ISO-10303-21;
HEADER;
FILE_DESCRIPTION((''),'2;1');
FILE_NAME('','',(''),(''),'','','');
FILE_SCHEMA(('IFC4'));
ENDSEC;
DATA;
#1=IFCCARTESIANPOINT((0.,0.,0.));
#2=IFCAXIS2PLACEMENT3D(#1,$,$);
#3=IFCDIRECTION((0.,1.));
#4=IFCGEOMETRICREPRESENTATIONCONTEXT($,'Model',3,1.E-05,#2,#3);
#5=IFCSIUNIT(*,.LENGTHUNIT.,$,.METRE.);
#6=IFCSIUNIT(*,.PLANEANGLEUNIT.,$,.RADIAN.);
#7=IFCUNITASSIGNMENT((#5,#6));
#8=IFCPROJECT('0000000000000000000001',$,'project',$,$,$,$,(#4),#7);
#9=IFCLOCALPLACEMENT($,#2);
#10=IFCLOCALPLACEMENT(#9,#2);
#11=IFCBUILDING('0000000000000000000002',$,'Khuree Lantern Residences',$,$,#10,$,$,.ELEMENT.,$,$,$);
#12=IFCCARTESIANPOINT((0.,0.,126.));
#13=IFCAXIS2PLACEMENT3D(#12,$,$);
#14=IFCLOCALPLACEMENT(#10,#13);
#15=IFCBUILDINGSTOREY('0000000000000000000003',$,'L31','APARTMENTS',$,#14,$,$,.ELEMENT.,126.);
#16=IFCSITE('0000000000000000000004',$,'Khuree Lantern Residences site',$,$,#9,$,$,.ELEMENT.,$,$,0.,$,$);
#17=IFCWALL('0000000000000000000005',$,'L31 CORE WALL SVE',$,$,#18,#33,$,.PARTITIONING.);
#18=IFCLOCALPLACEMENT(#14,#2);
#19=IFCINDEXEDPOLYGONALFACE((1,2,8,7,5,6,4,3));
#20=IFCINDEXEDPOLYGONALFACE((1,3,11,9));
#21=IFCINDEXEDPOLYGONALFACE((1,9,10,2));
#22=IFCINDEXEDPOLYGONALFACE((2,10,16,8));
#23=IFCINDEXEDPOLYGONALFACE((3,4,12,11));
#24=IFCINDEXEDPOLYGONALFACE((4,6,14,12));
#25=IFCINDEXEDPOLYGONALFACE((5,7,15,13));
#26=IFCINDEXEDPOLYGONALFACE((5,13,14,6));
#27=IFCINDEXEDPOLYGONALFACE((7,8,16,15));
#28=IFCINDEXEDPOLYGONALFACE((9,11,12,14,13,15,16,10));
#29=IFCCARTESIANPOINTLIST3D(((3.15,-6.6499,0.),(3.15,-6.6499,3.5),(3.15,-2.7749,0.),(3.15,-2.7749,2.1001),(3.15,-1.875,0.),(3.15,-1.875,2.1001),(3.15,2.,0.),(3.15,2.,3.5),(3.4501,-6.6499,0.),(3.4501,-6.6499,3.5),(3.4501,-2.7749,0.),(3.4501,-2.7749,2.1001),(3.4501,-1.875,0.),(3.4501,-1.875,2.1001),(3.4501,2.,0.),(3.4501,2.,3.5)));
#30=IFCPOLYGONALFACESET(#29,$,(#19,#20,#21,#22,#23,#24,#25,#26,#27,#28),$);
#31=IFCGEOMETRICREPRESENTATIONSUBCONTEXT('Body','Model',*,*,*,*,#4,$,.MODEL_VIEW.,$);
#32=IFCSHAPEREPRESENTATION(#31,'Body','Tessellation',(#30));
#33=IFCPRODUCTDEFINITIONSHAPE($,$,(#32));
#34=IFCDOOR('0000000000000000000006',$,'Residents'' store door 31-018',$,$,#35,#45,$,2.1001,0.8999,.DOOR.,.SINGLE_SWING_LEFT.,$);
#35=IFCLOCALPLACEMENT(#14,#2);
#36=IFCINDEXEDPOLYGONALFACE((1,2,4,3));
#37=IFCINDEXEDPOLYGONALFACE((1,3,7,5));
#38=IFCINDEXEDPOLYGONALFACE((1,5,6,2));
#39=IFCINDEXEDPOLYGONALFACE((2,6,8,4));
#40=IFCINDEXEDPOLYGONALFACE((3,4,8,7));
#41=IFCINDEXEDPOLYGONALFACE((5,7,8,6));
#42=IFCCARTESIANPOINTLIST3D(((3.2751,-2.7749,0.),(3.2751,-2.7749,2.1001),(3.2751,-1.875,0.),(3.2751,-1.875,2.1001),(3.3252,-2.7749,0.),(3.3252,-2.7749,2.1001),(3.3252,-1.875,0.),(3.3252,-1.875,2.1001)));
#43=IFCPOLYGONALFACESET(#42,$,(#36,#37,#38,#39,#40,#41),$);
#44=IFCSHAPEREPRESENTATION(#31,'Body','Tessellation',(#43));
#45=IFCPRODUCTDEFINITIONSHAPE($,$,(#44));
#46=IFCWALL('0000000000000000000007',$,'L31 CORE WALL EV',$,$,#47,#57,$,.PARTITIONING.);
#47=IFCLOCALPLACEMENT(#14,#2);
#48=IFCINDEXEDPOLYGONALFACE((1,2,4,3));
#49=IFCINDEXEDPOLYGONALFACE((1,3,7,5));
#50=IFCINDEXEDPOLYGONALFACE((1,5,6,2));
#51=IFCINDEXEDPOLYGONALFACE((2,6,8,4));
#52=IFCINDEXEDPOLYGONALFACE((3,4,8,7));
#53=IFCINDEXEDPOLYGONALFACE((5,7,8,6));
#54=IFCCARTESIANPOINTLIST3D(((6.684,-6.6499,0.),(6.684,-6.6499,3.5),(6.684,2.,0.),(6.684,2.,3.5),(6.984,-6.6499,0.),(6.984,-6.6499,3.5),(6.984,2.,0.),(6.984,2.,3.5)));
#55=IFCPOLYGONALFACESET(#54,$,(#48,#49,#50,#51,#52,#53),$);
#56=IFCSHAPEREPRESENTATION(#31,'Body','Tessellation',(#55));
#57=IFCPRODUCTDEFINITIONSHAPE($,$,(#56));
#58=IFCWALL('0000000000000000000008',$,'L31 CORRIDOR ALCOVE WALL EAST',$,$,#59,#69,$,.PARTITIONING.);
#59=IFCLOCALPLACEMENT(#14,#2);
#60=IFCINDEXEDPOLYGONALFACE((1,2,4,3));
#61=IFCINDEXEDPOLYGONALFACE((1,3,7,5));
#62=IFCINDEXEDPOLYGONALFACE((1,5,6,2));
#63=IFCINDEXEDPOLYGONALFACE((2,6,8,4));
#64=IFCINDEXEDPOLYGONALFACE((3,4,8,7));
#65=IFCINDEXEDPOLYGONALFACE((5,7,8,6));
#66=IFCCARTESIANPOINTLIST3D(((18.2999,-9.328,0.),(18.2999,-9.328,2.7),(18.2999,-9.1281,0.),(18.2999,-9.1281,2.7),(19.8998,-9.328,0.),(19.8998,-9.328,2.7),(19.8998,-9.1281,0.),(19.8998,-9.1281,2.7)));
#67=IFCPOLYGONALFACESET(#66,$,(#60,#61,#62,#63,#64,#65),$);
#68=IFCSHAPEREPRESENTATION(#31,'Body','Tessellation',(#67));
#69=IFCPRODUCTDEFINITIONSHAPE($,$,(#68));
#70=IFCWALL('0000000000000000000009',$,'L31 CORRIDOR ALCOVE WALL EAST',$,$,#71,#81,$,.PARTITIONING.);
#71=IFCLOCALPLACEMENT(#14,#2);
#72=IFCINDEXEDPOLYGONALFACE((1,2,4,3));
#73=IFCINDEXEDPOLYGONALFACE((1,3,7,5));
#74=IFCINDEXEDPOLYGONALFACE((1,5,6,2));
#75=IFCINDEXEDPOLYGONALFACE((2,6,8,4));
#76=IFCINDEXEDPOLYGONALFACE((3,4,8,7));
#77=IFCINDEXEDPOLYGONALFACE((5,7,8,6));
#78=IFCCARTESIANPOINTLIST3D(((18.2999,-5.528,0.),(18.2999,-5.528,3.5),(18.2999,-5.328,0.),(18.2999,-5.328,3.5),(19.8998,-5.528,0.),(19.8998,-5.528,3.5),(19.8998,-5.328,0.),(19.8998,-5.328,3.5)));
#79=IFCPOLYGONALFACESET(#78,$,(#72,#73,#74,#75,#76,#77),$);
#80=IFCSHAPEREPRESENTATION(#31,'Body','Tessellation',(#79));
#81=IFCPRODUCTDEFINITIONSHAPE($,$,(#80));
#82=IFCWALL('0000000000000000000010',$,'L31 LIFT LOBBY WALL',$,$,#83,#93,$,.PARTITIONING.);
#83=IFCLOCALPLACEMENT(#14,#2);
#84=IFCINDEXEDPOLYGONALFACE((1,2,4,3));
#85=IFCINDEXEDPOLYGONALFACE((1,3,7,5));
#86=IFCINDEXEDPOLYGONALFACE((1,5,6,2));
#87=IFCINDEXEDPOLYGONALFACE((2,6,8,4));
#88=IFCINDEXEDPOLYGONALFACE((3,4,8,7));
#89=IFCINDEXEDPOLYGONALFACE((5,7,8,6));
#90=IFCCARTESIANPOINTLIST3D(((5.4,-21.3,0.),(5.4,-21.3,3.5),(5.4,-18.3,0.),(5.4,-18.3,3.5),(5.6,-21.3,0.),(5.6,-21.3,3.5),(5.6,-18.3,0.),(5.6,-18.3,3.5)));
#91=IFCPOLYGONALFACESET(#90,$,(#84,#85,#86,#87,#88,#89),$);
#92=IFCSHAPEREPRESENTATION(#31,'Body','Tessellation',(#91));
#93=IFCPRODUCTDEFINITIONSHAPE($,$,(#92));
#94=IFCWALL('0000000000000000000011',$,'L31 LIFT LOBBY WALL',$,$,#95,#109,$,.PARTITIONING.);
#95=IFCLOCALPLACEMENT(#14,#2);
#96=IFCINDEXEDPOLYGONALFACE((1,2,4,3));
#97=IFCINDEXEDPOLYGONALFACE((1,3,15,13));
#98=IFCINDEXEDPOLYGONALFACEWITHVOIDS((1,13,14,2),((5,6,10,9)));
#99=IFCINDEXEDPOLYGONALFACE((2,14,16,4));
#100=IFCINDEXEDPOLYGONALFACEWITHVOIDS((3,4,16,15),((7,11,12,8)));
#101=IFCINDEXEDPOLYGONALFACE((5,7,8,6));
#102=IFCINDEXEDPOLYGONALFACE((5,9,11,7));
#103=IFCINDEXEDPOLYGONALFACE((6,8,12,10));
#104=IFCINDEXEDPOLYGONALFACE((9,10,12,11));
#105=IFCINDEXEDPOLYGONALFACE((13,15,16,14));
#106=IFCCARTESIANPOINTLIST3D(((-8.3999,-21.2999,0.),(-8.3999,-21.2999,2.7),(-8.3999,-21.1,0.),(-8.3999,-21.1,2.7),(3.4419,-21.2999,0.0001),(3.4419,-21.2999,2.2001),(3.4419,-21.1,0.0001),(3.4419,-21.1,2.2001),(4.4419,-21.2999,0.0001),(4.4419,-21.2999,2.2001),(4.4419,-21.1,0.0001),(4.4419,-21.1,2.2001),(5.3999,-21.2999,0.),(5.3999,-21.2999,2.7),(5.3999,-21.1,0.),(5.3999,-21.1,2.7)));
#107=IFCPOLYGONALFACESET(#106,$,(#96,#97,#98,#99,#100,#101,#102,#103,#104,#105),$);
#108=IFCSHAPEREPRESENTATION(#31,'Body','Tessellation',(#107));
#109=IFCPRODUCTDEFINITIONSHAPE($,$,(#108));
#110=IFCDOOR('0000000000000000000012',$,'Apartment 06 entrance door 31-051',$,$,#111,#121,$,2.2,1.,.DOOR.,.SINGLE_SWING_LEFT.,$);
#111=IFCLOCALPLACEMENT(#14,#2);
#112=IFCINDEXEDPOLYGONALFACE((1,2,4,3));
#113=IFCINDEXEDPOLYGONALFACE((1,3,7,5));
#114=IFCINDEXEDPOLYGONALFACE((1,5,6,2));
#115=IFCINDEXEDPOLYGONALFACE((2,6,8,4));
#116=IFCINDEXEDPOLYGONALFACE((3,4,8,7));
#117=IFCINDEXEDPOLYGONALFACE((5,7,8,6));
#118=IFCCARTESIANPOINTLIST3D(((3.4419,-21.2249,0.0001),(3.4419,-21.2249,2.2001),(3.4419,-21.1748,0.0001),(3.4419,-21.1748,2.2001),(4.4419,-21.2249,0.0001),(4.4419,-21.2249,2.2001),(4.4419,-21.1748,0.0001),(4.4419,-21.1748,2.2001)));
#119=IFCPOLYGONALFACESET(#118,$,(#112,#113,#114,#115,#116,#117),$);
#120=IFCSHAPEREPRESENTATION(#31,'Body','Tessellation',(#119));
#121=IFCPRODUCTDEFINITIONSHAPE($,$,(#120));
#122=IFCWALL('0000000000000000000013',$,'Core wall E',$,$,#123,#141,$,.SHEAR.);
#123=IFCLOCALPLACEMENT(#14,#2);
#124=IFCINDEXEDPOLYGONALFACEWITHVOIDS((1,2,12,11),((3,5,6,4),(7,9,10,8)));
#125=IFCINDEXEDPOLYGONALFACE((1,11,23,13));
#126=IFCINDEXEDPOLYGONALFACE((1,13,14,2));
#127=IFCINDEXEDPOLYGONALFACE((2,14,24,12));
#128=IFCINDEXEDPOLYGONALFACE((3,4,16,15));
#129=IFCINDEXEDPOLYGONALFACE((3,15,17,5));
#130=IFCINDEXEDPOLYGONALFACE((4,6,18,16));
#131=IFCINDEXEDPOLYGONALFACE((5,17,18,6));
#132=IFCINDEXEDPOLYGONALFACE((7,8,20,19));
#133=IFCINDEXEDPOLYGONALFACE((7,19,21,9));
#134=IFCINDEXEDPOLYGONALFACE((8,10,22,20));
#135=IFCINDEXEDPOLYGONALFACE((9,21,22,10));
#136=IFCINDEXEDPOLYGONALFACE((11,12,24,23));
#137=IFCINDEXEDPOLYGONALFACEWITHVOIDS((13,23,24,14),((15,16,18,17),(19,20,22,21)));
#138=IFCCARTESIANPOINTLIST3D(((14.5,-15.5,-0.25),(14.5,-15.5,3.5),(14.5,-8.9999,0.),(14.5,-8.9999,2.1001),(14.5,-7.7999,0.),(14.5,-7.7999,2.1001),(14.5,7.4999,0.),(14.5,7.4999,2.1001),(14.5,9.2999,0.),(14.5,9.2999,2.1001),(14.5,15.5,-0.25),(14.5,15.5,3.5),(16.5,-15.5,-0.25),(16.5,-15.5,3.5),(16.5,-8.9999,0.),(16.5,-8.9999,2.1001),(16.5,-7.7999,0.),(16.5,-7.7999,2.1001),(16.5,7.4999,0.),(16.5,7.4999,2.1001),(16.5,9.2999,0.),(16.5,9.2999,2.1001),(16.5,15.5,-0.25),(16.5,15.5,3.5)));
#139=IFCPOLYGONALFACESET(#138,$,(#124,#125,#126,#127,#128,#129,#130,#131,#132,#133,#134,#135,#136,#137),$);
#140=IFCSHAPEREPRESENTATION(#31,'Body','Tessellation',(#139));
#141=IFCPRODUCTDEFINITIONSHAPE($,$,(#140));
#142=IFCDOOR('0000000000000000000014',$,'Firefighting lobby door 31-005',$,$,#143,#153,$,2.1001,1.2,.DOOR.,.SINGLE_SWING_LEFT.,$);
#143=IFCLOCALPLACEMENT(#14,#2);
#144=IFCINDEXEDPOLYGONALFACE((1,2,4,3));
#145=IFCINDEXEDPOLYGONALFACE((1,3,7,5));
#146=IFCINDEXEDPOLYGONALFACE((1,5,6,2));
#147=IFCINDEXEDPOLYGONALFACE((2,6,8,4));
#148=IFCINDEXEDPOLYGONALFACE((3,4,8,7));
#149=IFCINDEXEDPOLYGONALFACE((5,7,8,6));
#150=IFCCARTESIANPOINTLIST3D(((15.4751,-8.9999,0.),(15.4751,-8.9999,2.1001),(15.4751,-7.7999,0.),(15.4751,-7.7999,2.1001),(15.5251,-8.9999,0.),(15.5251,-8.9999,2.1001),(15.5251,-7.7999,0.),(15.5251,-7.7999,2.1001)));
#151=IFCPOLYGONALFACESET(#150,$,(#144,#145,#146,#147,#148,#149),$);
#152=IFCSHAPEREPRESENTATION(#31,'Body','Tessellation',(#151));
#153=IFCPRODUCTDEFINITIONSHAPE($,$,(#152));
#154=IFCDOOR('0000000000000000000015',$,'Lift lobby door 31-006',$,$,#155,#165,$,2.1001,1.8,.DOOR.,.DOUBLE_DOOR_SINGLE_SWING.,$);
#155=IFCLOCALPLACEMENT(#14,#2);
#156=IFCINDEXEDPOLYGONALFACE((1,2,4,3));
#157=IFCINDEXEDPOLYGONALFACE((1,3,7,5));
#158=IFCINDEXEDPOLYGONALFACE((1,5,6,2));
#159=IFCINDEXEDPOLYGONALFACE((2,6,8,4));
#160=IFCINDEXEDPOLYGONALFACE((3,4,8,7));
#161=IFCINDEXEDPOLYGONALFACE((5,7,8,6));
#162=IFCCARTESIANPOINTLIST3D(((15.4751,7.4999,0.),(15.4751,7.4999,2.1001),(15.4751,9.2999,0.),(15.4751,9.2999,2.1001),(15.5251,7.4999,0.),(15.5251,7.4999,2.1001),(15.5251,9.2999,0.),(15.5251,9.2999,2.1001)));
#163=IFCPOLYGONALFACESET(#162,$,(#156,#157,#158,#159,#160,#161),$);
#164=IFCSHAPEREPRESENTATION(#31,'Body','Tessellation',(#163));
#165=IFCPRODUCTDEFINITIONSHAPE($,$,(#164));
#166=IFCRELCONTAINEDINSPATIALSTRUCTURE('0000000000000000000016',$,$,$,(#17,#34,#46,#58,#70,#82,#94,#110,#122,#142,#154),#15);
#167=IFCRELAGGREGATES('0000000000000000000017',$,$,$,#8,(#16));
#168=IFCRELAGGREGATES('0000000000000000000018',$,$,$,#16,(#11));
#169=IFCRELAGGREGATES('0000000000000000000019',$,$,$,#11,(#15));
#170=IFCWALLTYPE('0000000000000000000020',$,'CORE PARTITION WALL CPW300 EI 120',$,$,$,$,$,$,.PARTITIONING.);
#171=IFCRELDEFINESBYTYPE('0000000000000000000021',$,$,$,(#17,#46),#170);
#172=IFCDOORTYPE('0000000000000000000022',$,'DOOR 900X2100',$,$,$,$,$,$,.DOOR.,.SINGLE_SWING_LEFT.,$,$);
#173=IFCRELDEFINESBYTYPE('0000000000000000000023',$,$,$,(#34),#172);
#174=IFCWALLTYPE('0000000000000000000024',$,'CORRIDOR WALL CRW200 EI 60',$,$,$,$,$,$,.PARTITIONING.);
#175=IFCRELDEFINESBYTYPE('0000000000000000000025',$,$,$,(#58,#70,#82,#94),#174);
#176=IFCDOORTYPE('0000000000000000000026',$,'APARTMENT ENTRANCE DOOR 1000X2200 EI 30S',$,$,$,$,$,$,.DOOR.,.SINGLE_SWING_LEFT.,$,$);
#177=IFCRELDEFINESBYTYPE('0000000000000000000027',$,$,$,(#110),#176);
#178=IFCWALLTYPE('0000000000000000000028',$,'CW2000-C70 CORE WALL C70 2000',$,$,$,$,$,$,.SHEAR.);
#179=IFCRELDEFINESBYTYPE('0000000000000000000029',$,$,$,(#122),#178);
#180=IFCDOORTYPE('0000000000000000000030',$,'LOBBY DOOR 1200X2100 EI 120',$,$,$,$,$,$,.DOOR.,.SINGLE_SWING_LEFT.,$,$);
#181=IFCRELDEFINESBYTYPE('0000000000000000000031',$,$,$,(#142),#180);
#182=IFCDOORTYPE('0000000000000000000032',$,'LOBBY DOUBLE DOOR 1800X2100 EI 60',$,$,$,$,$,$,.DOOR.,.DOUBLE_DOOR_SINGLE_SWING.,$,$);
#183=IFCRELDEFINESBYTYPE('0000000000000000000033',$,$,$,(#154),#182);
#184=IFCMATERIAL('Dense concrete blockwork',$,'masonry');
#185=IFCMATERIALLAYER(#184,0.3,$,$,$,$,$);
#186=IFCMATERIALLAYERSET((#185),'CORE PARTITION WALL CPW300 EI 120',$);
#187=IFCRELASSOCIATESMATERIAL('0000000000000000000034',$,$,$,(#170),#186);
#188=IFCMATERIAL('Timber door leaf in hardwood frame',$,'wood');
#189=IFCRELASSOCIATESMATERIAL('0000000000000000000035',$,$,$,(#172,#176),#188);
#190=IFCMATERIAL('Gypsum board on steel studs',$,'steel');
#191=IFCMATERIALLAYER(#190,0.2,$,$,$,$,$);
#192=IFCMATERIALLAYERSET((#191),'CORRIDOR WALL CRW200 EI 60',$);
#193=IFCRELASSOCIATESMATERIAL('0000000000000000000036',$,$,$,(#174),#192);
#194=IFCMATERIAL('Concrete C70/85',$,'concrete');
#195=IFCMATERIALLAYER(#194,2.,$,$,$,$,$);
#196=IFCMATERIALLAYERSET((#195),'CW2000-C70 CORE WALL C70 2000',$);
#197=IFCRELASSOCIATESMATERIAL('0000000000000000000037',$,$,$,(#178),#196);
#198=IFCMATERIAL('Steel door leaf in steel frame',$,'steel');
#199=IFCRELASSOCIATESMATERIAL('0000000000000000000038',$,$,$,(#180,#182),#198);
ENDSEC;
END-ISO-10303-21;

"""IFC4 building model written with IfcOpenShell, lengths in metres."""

from ifc_helpers import new_model, si_unit, direction, frame, frame_2d, origin, place, context, subcontext, project, spatial, rectangle, extrude, material, layer, layer_set, type_object, element, fill, save


model = new_model("IFC4")

# Units and contexts
model_context = context("Model", 3, precision=1e-05, world=origin(), true_north=direction((0.0, 1.0)))
body_context = subcontext(model_context, "Body", "Model", "MODEL_VIEW")
ifc_project = project(units=[si_unit("LENGTHUNIT", "METRE"), si_unit("PLANEANGLEUNIT", "RADIAN")], contexts=[model_context])

# Site, building, storey
site_placement = place(None, origin())
site = spatial("IfcSite", under=ifc_project, at=site_placement, Name="Khuree Lantern Residences site", CompositionType="ELEMENT", RefElevation=0.0)
building_placement = place(site_placement, origin())
building = spatial("IfcBuilding", under=site, at=building_placement, Name="Khuree Lantern Residences", CompositionType="ELEMENT")
storey_placement = place(building_placement, frame((0.0, 0.0, 126.0)))
storey = spatial("IfcBuildingStorey", under=building, at=storey_placement, Name="L31", Description="APARTMENTS", CompositionType="ELEMENT", Elevation=126.0)

# Shared definitions
ifc_material_1 = material(Name="Concrete C70/85", Category="concrete")

# Shared definitions
ifc_material_2 = material(Name="Timber door leaf in hardwood frame", Category="wood")

# Shared definitions
ifc_material_3 = material(Name="Dense concrete blockwork", Category="masonry")
ifc_layer_1 = layer(ifc_material_3, 0.3)
ifc_layer_set_1 = layer_set([ifc_layer_1], Name="CORE PARTITION WALL CPW300 EI 120")
wall_type_1 = type_object("IfcWallType", Name="CORE PARTITION WALL CPW300 EI 120", PredefinedType="PARTITIONING", material=ifc_layer_set_1)

# Wall, opening, door
wall_1_placement = place(storey_placement, frame((3.3, -6.6499, 0.0), z_axis=(0.0, 0.0, 1.0), x_axis=(0.0, 1.0, 0.0)))
wall_1 = element("IfcWall", 1, at=wall_1_placement, inside=storey, type_object=wall_type_1, Name="L31 CORE WALL SVE", PredefinedType="PARTITIONING", context=body_context, shape_type="SweptSolid", body=[
    extrude(rectangle(XDim=8.6499, YDim=0.3, at=frame_2d((4.325, 0.0))), origin(), (0.0, 0.0, 1.0), 3.5),
])
opening_1_placement = place(wall_1_placement, frame((3.875, 0.0, 0.0)))
opening_1 = element("IfcOpeningElement", 2, at=opening_1_placement, cuts=wall_1, PredefinedType="OPENING", context=body_context, shape_type="SweptSolid", body=[
    extrude(rectangle(XDim=0.8999, YDim=2.1001, at=frame_2d((0.45, 1.05))), frame((0.0, 0.1602, 0.0), z_axis=(0.0, -1.0, 0.0), x_axis=(1.0, 0.0, 0.0)), (0.0, 0.0, 1.0), 0.3201),
])
door_type_1 = type_object("IfcDoorType", Name="DOOR 900X2100", OperationType="SINGLE_SWING_LEFT", PredefinedType="DOOR", material=ifc_material_2)
door_1_placement = place(opening_1_placement, origin())
door_1 = element("IfcDoor", 3, at=door_1_placement, inside=storey, type_object=door_type_1, Name="Residents' store door 31-018", OperationType="SINGLE_SWING_LEFT", OverallHeight=2.1001, OverallWidth=0.8999, PredefinedType="DOOR", context=body_context, shape_type="SweptSolid", body=[
    extrude(rectangle(XDim=0.8999, YDim=2.1001, at=frame_2d((0.45, 1.05))), frame((0.0, 0.0249, 0.0), z_axis=(0.0, -1.0, 0.0), x_axis=(1.0, 0.0, 0.0)), (0.0, 0.0, 1.0), 0.05),
])
fill(opening_1, door_1)

# Walls
wall_2_placement = place(storey_placement, frame((6.834, -6.6499, 0.0), z_axis=(0.0, 0.0, 1.0), x_axis=(0.0, 1.0, 0.0)))
element("IfcWall", 4, at=wall_2_placement, inside=storey, type_object=wall_type_1, Name="L31 CORE WALL EV", PredefinedType="PARTITIONING", context=body_context, shape_type="SweptSolid", body=[
    extrude(rectangle(XDim=8.6499, YDim=0.3, at=frame_2d((4.325, 0.0))), origin(), (0.0, 0.0, 1.0), 3.5),
])
ifc_material_4 = material(Name="Gypsum board on steel studs", Category="steel")
ifc_layer_2 = layer(ifc_material_4, 0.2)
ifc_layer_set_2 = layer_set([ifc_layer_2], Name="CORRIDOR WALL CRW200 EI 60")
wall_type_2 = type_object("IfcWallType", Name="CORRIDOR WALL CRW200 EI 60", PredefinedType="PARTITIONING", material=ifc_layer_set_2)
wall_3_placement = place(storey_placement, frame((18.3, -9.228, 0.0), z_axis=(0.0, 0.0, 1.0), x_axis=(1.0, 0.0, 0.0)))
element("IfcWall", 5, at=wall_3_placement, inside=storey, type_object=wall_type_2, Name="L31 CORRIDOR ALCOVE WALL EAST", PredefinedType="PARTITIONING", context=body_context, shape_type="SweptSolid", body=[
    extrude(rectangle(XDim=1.5999, YDim=0.2, at=frame_2d((0.7998, 0.0))), origin(), (0.0, 0.0, 1.0), 2.7),
])
wall_4_placement = place(storey_placement, frame((18.3, -5.428, 0.0), z_axis=(0.0, 0.0, 1.0), x_axis=(1.0, 0.0, 0.0)))
element("IfcWall", 6, at=wall_4_placement, inside=storey, type_object=wall_type_2, Name="L31 CORRIDOR ALCOVE WALL EAST", PredefinedType="PARTITIONING", context=body_context, shape_type="SweptSolid", body=[
    extrude(rectangle(XDim=1.5999, YDim=0.2, at=frame_2d((0.7998, 0.0))), origin(), (0.0, 0.0, 1.0), 3.5),
])
wall_5_placement = place(storey_placement, frame((5.5, -18.3, 0.0), z_axis=(0.0, 0.0, 1.0), x_axis=(0.0, -1.0, 0.0)))
element("IfcWall", 7, at=wall_5_placement, inside=storey, type_object=wall_type_2, Name="L31 LIFT LOBBY WALL", PredefinedType="PARTITIONING", context=body_context, shape_type="SweptSolid", body=[
    extrude(rectangle(XDim=3.0, YDim=0.2, at=frame_2d((1.5, 0.0))), origin(), (0.0, 0.0, 1.0), 3.5),
])

# Wall, opening, door
wall_6_placement = place(storey_placement, frame((5.3999, -21.2, 0.0), z_axis=(0.0, 0.0, 1.0), x_axis=(-1.0, 0.0, 0.0)))
wall_6 = element("IfcWall", 8, at=wall_6_placement, inside=storey, type_object=wall_type_2, Name="L31 LIFT LOBBY WALL", PredefinedType="PARTITIONING", context=body_context, shape_type="SweptSolid", body=[
    extrude(rectangle(XDim=13.7998, YDim=0.2, at=frame_2d((6.8999, 0.0))), origin(), (0.0, 0.0, 1.0), 2.7),
])
opening_2_placement = place(wall_6_placement, frame((0.958, 0.0, 0.0)))
opening_2 = element("IfcOpeningElement", 9, at=opening_2_placement, cuts=wall_6, PredefinedType="OPENING", context=body_context, shape_type="SweptSolid", body=[
    extrude(rectangle(XDim=1.0, YDim=2.2, at=frame_2d((0.5, 1.1001))), frame((0.0, 0.1099, 0.0), z_axis=(0.0, -1.0, 0.0), x_axis=(1.0, 0.0, 0.0)), (0.0, 0.0, 1.0), 0.22),
])
door_type_2 = type_object("IfcDoorType", Name="APARTMENT ENTRANCE DOOR 1000X2200 EI 30S", OperationType="SINGLE_SWING_LEFT", PredefinedType="DOOR", material=ifc_material_2)
door_2_placement = place(opening_2_placement, origin())
door_2 = element("IfcDoor", 10, at=door_2_placement, inside=storey, type_object=door_type_2, Name="Apartment 06 entrance door 31-051", OperationType="SINGLE_SWING_LEFT", OverallHeight=2.2, OverallWidth=1.0, PredefinedType="DOOR", context=body_context, shape_type="SweptSolid", body=[
    extrude(rectangle(XDim=1.0, YDim=2.2, at=frame_2d((0.5, 1.1001))), frame((0.0, 0.0249, 0.0), z_axis=(0.0, -1.0, 0.0), x_axis=(1.0, 0.0, 0.0)), (0.0, 0.0, 1.0), 0.05),
])
fill(opening_2, door_2)

# Wall, openings, doors
ifc_layer_3 = layer(ifc_material_1, 2.0)
ifc_layer_set_3 = layer_set([ifc_layer_3], Name="CW2000-C70 CORE WALL C70 2000")
wall_type_3 = type_object("IfcWallType", Name="CW2000-C70 CORE WALL C70 2000", PredefinedType="SHEAR", material=ifc_layer_set_3)
wall_7_placement = place(storey_placement, frame((15.5, -15.5, -0.25), z_axis=(0.0, 0.0, 1.0), x_axis=(0.0, 1.0, 0.0)))
wall_7 = element("IfcWall", 11, at=wall_7_placement, inside=storey, type_object=wall_type_3, Name="Core wall E", PredefinedType="SHEAR", context=body_context, shape_type="SweptSolid", body=[
    extrude(rectangle(XDim=31.0, YDim=2.0, at=frame_2d((15.5, 0.0))), origin(), (0.0, 0.0, 1.0), 3.75),
])
opening_3_placement = place(wall_7_placement, frame((6.5, 0.0, 0.25)))
opening_3 = element("IfcOpeningElement", 12, at=opening_3_placement, cuts=wall_7, PredefinedType="OPENING", context=body_context, shape_type="SweptSolid", body=[
    extrude(rectangle(XDim=1.2, YDim=2.1001, at=frame_2d((0.6001, 1.05))), frame((0.0, 1.01, 0.0), z_axis=(0.0, -1.0, 0.0), x_axis=(1.0, 0.0, 0.0)), (0.0, 0.0, 1.0), 2.02),
])
opening_4_placement = place(wall_7_placement, frame((23.0, 0.0, 0.25)))
opening_4 = element("IfcOpeningElement", 13, at=opening_4_placement, cuts=wall_7, PredefinedType="OPENING", context=body_context, shape_type="SweptSolid", body=[
    extrude(rectangle(XDim=1.8, YDim=2.1001, at=frame_2d((0.8999, 1.05))), frame((0.0, 1.01, 0.0), z_axis=(0.0, -1.0, 0.0), x_axis=(1.0, 0.0, 0.0)), (0.0, 0.0, 1.0), 2.02),
])
ifc_material_5 = material(Name="Steel door leaf in steel frame", Category="steel")
door_type_3 = type_object("IfcDoorType", Name="LOBBY DOOR 1200X2100 EI 120", OperationType="SINGLE_SWING_LEFT", PredefinedType="DOOR", material=ifc_material_5)
door_3_placement = place(opening_3_placement, origin())
door_3 = element("IfcDoor", 14, at=door_3_placement, inside=storey, type_object=door_type_3, Name="Firefighting lobby door 31-005", OperationType="SINGLE_SWING_LEFT", OverallHeight=2.1001, OverallWidth=1.2, PredefinedType="DOOR", context=body_context, shape_type="SweptSolid", body=[
    extrude(rectangle(XDim=1.2, YDim=2.1001, at=frame_2d((0.6001, 1.05))), frame((0.0, 0.0249, 0.0), z_axis=(0.0, -1.0, 0.0), x_axis=(1.0, 0.0, 0.0)), (0.0, 0.0, 1.0), 0.05),
])
fill(opening_3, door_3)
door_type_4 = type_object("IfcDoorType", Name="LOBBY DOUBLE DOOR 1800X2100 EI 60", OperationType="DOUBLE_DOOR_SINGLE_SWING", PredefinedType="DOOR", material=ifc_material_5)
door_4_placement = place(opening_4_placement, origin())
door_4 = element("IfcDoor", 15, at=door_4_placement, inside=storey, type_object=door_type_4, Name="Lift lobby door 31-006", OperationType="DOUBLE_DOOR_SINGLE_SWING", OverallHeight=2.1001, OverallWidth=1.8, PredefinedType="DOOR", context=body_context, shape_type="SweptSolid", body=[
    extrude(rectangle(XDim=1.8, YDim=2.1001, at=frame_2d((0.8999, 1.05))), frame((0.0, 0.0249, 0.0), z_axis=(0.0, -1.0, 0.0), x_axis=(1.0, 0.0, 0.0)), (0.0, 0.0, 1.0), 0.05),
])
fill(opening_4, door_4)

save(model, "model.ifc")
